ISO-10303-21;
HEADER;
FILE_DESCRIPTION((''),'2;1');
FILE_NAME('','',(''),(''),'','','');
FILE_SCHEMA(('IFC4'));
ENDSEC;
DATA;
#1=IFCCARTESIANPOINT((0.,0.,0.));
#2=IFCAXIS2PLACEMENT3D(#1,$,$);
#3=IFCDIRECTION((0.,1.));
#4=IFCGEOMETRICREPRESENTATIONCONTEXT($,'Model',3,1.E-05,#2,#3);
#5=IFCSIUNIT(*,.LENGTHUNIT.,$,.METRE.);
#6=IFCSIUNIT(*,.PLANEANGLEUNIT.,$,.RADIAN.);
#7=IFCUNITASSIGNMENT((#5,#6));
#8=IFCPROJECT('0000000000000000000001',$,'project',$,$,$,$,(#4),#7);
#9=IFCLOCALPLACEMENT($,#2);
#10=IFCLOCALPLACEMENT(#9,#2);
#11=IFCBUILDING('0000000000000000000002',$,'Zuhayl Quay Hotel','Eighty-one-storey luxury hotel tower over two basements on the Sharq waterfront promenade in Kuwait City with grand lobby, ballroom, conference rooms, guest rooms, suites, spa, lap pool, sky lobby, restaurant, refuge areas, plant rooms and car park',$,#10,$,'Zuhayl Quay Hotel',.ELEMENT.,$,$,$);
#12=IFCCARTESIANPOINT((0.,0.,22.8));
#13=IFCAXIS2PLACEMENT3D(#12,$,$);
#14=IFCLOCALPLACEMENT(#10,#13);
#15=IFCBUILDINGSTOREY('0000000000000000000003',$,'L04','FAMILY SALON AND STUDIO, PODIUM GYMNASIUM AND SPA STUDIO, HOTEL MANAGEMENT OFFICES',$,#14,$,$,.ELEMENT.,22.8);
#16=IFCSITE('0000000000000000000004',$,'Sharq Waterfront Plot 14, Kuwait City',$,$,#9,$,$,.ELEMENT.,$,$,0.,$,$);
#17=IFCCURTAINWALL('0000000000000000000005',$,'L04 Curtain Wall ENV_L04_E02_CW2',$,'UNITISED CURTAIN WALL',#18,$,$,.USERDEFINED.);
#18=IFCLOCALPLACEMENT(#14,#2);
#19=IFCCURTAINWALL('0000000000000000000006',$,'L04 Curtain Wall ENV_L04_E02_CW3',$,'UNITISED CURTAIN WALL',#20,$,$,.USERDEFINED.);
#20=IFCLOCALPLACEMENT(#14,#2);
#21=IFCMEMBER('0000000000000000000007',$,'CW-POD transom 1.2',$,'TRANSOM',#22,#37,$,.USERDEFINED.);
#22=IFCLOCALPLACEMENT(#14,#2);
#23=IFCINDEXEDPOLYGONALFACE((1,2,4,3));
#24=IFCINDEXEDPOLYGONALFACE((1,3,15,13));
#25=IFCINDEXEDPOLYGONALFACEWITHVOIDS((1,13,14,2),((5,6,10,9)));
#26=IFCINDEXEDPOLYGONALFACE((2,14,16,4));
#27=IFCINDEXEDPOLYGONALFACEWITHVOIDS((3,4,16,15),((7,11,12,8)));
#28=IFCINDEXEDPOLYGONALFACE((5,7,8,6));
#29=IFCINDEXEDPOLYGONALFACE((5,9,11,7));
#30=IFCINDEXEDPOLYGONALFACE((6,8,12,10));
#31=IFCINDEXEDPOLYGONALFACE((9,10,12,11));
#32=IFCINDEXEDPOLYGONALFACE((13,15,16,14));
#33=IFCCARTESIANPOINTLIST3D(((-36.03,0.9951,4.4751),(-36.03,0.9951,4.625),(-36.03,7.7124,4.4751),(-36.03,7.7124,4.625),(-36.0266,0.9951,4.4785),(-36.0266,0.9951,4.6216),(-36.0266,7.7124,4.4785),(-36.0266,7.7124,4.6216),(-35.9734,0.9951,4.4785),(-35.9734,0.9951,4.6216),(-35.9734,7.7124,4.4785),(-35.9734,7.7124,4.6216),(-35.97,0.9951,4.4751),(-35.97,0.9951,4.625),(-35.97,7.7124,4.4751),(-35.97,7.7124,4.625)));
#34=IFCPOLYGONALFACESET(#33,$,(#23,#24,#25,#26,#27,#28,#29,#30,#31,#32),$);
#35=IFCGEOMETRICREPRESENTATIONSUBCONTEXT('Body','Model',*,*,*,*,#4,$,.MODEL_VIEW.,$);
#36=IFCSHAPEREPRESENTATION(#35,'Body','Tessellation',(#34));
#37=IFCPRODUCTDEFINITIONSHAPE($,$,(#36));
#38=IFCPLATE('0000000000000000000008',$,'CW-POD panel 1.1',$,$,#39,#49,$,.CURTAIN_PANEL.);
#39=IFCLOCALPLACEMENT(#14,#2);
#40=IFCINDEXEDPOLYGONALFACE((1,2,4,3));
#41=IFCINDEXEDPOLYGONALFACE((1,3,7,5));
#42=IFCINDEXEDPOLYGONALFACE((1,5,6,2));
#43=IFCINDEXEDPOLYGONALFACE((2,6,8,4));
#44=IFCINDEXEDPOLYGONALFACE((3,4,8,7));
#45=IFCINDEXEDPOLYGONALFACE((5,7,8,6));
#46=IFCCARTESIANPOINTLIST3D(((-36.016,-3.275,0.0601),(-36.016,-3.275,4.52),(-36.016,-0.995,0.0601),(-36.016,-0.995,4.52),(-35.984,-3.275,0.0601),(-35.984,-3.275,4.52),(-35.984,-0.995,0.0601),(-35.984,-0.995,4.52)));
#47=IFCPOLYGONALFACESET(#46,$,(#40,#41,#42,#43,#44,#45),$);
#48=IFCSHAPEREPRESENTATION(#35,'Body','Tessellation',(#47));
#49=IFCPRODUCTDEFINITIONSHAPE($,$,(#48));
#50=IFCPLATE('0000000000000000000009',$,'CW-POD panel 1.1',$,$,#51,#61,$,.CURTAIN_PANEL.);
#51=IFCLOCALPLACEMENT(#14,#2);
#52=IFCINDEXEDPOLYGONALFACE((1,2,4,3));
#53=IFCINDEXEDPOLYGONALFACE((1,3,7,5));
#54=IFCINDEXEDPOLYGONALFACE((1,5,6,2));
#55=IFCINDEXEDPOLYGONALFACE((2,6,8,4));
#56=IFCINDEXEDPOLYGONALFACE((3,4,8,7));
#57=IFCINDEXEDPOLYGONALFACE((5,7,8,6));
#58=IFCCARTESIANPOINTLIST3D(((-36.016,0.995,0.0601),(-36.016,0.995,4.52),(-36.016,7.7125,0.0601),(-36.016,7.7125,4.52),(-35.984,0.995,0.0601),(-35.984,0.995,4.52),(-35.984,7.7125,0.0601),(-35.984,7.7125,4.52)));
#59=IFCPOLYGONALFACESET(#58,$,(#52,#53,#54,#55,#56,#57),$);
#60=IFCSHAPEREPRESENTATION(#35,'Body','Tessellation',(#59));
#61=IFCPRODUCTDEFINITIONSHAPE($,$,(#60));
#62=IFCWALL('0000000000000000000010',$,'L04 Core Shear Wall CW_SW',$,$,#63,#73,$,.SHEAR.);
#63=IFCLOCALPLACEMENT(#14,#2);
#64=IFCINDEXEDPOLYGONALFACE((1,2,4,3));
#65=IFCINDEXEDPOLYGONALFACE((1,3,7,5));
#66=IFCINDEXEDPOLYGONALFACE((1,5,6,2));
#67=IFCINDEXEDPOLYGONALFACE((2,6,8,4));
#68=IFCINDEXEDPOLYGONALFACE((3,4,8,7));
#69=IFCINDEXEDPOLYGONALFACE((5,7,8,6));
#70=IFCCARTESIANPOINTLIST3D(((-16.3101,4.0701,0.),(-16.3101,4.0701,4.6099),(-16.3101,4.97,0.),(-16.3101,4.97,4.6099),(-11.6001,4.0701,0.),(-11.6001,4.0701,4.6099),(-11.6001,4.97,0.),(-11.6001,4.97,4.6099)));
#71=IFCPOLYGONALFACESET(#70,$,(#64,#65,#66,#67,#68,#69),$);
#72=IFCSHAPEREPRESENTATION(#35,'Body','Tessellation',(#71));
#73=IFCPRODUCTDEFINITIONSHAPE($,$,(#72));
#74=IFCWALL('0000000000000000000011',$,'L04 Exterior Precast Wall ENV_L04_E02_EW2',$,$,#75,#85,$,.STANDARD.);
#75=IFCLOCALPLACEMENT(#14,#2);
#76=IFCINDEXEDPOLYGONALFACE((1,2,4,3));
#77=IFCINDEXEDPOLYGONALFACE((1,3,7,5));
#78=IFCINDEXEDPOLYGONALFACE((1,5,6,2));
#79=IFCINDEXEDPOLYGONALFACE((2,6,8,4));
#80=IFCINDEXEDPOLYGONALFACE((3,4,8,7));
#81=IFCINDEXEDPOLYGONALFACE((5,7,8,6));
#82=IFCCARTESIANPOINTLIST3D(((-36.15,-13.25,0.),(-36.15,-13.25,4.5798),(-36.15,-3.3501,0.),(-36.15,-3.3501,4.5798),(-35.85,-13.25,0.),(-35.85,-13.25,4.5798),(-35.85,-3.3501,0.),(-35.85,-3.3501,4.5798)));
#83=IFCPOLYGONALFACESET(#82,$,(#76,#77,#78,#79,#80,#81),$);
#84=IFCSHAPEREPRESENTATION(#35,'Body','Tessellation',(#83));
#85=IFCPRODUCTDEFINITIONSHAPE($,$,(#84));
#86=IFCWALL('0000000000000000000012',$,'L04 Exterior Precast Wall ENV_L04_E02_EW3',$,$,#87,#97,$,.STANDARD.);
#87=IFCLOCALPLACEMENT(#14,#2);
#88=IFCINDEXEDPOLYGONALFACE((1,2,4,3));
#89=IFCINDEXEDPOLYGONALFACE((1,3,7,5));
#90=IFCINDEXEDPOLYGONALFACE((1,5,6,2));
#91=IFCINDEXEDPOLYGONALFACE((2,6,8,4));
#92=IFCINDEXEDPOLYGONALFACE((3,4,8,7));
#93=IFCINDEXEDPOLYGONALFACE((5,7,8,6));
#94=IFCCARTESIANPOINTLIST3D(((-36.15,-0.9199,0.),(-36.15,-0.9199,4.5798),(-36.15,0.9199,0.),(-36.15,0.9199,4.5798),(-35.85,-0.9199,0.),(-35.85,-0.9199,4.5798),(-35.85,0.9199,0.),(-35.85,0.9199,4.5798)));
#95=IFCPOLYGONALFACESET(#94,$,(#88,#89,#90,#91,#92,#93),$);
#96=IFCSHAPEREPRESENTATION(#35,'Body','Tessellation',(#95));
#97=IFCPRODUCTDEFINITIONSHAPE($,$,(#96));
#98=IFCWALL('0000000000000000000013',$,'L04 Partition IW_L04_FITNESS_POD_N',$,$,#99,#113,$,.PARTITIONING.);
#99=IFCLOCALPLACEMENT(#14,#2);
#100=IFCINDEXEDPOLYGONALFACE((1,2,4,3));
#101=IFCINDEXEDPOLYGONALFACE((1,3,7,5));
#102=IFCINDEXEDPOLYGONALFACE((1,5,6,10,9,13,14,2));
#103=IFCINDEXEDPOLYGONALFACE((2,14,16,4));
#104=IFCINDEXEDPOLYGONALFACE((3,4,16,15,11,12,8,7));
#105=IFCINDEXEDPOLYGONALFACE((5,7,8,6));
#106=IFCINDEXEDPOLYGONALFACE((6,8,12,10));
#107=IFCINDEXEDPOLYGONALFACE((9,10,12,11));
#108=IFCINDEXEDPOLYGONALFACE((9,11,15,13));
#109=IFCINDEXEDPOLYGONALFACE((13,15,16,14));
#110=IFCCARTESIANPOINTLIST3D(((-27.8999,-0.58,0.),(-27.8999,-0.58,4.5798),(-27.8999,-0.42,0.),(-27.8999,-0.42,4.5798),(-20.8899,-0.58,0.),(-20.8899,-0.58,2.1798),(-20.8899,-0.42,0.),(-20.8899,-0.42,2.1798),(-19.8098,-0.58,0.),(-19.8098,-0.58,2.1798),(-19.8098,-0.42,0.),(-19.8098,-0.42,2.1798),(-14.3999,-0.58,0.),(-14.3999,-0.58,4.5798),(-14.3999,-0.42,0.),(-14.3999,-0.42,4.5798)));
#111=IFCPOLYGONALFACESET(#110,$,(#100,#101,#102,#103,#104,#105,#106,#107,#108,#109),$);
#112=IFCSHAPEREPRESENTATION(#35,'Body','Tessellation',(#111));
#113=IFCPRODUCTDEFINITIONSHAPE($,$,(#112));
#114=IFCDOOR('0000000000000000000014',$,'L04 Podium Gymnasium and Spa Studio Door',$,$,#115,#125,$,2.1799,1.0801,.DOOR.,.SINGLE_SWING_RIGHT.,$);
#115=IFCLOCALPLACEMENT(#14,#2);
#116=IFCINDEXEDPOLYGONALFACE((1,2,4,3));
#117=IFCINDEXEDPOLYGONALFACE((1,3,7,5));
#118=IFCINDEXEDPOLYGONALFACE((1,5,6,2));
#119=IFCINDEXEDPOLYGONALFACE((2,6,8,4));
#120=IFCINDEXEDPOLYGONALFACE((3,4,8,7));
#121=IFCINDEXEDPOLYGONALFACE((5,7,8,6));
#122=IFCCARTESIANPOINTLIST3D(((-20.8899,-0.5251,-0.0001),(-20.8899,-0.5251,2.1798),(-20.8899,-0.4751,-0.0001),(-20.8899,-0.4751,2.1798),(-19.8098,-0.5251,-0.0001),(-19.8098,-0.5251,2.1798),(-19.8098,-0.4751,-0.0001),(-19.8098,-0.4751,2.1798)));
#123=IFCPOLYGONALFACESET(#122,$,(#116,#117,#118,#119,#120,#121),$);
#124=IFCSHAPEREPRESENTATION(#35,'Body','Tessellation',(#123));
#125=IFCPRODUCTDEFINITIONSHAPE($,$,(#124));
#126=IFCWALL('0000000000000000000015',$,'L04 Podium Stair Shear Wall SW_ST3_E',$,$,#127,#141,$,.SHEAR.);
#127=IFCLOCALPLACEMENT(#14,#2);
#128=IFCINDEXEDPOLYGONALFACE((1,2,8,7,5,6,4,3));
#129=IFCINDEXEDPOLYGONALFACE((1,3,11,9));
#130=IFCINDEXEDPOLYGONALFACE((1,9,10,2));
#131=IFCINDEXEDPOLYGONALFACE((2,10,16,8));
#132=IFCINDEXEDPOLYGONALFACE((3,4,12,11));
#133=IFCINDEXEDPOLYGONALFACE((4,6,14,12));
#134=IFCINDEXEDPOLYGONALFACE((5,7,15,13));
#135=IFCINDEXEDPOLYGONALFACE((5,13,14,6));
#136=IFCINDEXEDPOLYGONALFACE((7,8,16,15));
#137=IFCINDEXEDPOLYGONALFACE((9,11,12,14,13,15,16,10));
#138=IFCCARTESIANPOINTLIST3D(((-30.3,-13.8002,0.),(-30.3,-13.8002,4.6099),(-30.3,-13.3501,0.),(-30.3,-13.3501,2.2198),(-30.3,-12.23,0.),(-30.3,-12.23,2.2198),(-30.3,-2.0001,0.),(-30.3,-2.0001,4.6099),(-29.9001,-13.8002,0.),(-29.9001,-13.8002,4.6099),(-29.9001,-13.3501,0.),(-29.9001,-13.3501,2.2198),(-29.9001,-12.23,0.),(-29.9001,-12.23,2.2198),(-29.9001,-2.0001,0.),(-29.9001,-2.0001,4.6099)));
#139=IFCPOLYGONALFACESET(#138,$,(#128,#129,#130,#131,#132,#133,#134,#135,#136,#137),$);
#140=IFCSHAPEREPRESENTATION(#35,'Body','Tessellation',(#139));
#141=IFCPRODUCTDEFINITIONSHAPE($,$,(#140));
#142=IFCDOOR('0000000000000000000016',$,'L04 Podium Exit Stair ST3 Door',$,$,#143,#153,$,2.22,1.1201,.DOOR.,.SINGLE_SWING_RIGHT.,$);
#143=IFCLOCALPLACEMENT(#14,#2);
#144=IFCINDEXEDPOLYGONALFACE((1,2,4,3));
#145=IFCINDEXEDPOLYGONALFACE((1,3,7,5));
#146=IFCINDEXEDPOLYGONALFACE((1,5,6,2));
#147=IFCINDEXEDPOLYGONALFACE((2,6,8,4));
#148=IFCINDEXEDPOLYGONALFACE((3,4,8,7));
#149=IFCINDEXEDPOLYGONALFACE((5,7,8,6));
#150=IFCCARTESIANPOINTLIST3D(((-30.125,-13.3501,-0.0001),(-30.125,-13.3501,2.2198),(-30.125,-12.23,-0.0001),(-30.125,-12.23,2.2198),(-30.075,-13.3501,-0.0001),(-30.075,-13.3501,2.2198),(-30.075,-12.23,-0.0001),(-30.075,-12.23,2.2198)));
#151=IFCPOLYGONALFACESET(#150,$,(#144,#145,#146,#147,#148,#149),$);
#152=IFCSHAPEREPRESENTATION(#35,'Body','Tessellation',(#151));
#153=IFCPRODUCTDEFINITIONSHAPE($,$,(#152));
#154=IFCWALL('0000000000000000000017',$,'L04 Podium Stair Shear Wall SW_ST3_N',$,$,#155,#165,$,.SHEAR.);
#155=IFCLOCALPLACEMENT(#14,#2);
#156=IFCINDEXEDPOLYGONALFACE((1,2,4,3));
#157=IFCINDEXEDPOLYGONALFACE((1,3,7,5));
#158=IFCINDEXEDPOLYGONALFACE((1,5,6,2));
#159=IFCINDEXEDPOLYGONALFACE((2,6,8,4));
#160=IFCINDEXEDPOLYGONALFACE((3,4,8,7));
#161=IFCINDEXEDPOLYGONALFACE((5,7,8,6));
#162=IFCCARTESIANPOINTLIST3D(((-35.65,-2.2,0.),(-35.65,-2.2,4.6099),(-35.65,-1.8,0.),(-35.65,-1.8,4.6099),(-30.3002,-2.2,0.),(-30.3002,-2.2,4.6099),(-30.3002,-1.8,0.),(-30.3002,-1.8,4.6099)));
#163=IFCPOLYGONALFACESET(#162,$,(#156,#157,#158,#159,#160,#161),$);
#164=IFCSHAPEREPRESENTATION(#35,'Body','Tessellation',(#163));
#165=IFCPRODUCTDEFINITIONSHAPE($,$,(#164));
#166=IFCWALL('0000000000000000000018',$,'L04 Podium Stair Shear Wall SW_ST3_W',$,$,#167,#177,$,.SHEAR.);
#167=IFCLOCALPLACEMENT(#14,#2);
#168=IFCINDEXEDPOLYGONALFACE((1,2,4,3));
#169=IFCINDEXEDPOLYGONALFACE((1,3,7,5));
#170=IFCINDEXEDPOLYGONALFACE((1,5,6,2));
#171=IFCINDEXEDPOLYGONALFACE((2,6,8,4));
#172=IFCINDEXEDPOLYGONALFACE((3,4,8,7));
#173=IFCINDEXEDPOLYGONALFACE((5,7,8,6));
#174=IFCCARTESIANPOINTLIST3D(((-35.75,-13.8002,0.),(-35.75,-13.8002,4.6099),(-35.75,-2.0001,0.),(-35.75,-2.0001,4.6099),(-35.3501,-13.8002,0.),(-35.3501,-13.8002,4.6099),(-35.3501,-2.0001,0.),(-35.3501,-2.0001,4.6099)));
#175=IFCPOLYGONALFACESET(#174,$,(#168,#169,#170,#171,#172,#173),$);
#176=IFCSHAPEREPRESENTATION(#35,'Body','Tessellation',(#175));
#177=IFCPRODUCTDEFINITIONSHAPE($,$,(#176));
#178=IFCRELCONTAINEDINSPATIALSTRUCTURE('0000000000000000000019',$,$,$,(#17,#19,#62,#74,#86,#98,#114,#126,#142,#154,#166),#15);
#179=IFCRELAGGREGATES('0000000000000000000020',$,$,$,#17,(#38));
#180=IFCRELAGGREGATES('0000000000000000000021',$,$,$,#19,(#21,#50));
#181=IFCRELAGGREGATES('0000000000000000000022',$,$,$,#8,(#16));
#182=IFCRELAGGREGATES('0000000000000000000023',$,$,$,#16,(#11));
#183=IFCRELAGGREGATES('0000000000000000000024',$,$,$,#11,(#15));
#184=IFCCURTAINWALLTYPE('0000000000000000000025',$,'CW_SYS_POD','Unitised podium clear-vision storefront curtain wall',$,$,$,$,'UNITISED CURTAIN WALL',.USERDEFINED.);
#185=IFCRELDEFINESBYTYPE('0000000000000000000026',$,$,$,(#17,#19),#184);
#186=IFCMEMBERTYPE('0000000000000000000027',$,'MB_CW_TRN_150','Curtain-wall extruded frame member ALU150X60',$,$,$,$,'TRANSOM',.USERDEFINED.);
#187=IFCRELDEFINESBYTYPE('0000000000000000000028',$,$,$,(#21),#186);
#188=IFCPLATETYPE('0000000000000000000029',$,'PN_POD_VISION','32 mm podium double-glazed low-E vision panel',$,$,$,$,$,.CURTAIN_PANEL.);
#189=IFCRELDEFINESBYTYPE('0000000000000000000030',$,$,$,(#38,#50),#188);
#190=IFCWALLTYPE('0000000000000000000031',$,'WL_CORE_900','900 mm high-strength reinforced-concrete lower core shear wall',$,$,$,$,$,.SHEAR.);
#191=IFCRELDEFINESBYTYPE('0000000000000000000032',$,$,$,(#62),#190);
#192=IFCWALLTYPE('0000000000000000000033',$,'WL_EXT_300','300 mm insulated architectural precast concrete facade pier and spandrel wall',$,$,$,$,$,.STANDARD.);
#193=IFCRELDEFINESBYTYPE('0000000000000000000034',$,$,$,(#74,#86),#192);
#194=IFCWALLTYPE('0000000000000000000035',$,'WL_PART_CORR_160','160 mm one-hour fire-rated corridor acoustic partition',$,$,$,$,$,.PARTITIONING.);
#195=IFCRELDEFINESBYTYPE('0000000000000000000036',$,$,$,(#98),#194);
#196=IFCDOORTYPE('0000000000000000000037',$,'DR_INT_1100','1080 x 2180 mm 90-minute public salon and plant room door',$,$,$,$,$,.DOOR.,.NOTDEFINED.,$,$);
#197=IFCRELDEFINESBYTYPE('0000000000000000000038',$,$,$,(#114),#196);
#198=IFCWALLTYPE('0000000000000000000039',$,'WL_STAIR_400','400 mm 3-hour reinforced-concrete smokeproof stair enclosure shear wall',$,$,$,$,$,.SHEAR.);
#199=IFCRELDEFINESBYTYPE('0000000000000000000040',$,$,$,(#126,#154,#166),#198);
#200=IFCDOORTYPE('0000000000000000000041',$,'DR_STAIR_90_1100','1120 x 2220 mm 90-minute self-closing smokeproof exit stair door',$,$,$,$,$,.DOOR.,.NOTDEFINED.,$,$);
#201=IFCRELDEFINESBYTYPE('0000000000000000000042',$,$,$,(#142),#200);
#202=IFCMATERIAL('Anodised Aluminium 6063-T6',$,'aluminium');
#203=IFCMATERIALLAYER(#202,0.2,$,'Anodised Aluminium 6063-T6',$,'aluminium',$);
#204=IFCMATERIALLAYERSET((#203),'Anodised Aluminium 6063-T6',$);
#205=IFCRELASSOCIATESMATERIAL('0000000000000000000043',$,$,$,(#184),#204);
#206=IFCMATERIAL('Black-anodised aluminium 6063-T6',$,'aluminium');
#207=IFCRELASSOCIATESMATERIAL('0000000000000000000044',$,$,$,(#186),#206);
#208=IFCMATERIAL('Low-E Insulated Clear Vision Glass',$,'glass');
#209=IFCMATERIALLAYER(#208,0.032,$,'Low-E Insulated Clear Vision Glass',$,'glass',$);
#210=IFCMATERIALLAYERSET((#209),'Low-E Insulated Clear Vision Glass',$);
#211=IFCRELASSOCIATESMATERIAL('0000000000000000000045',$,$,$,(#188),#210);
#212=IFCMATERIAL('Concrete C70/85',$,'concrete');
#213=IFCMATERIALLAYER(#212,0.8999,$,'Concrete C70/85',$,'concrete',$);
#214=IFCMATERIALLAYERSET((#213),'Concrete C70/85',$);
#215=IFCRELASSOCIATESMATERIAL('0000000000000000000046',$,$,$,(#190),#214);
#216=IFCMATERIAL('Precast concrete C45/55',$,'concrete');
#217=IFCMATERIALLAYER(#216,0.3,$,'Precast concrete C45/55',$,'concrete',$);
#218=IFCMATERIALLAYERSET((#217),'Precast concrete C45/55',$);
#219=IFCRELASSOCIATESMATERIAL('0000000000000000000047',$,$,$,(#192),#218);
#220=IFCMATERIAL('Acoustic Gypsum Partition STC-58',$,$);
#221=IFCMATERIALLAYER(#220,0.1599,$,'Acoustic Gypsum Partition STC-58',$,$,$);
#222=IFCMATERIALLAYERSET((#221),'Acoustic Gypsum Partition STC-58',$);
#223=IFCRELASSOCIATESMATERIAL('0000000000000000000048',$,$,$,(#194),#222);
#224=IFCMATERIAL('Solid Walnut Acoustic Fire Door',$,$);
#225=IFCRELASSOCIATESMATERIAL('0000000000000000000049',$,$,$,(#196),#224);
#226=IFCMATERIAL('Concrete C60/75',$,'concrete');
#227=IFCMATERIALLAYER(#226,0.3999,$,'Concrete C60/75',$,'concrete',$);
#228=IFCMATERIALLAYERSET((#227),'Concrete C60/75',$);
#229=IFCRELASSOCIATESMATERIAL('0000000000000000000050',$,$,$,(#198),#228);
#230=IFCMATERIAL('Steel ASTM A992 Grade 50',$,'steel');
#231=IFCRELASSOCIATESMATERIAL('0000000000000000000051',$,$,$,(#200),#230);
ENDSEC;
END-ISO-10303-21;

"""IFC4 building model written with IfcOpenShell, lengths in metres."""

from ifc_helpers import new_model, si_unit, direction, frame, frame_2d, origin, origin_2d, place, context, subcontext, project, spatial, rectangle, hollow_rectangle, extrude, material, layer, layer_set, material_profile, profile_set, type_object, element, fill, aggregate, save


model = new_model("IFC4")

# Units and contexts
model_context = context("Model", 3, precision=1e-05, world=origin(), true_north=direction((0.0, 1.0)))
body_context = subcontext(model_context, "Body", "Model", "MODEL_VIEW")
ifc_project = project(units=[si_unit("LENGTHUNIT", "METRE"), si_unit("PLANEANGLEUNIT", "RADIAN")], contexts=[model_context])

# Site, building, storey
site_placement = place(None, origin())
site = spatial("IfcSite", under=ifc_project, at=site_placement, Name="Sharq Waterfront Plot 14, Kuwait City", CompositionType="ELEMENT", RefElevation=0.0)
building_placement = place(site_placement, origin())
building = spatial("IfcBuilding", under=site, at=building_placement, Name="Zuhayl Quay Hotel", Description="Eighty-one-storey luxury hotel tower over two basements on the Sharq waterfront promenade in Kuwait City with grand lobby, ballroom, conference rooms, guest rooms, suites, spa, lap pool, sky lobby, restaurant, refuge areas, plant rooms and car park", LongName="Zuhayl Quay Hotel", CompositionType="ELEMENT")
storey_placement = place(building_placement, frame((0.0, 0.0, 22.8)))
storey = spatial("IfcBuildingStorey", under=building, at=storey_placement, Name="L04", Description="FAMILY SALON AND STUDIO, PODIUM GYMNASIUM AND SPA STUDIO, HOTEL MANAGEMENT OFFICES", CompositionType="ELEMENT", Elevation=22.8)

# Shared definitions
ifc_material_1 = material(Name="Concrete C70/85", Category="concrete")

# Shared definitions
ifc_material_2 = material(Name="Anodised Aluminium 6063-T6", Category="aluminium")
ifc_layer_1 = layer(ifc_material_2, 0.2, Name="Anodised Aluminium 6063-T6", Category="aluminium")
ifc_layer_set_1 = layer_set([ifc_layer_1], Name="Anodised Aluminium 6063-T6")
curtain_wall_type = type_object("IfcCurtainWallType", Name="CW_SYS_POD", Description="Unitised podium clear-vision storefront curtain wall", ElementType="UNITISED CURTAIN WALL", PredefinedType="USERDEFINED", material=ifc_layer_set_1)
ifc_material_3 = material(Name="Black-anodised aluminium 6063-T6", Category="aluminium")

# Curtain wall
curtain_wall_1_placement = place(storey_placement, origin())
curtain_wall_1 = element("IfcCurtainWall", 1, at=curtain_wall_1_placement, inside=storey, type_object=curtain_wall_type, Name="L04 Curtain Wall ENV_L04_E02_CW2", ObjectType="UNITISED CURTAIN WALL", PredefinedType="USERDEFINED")

# Curtain wall
curtain_wall_2_placement = place(storey_placement, origin())
curtain_wall_2 = element("IfcCurtainWall", 2, at=curtain_wall_2_placement, inside=storey, type_object=curtain_wall_type, Name="L04 Curtain Wall ENV_L04_E02_CW3", ObjectType="UNITISED CURTAIN WALL", PredefinedType="USERDEFINED")

# Member
ifc_material_profile_1 = material_profile(ifc_material_3, hollow_rectangle(XDim=0.0601, YDim=0.1499, WallThickness=0.0034, at=origin_2d()), Name="ALU150X60")
ifc_profile_set_1 = profile_set([ifc_material_profile_1], Name="Black-anodised aluminium 6063-T6")
member_type_1 = type_object("IfcMemberType", Name="MB_CW_TRN_150", Description="Curtain-wall extruded frame member ALU150X60", ElementType="TRANSOM", PredefinedType="USERDEFINED", material=ifc_profile_set_1)
member_1_placement = place(storey_placement, frame((-36.0, 0.9951, 4.55), z_axis=(0.0, 1.0, 0.0), x_axis=(-1.0, 0.0, 0.0)))
member_1 = element("IfcMember", 3, at=member_1_placement, type_object=member_type_1, Name="CW-POD transom 1.2", ObjectType="TRANSOM", PredefinedType="USERDEFINED", context=body_context, shape_type="SweptSolid", body=[
    extrude(hollow_rectangle(XDim=0.0601, YDim=0.1499, WallThickness=0.0034, at=origin_2d()), origin(), (0.0, 0.0, 1.0), 6.7173),
])

# Plates
ifc_material_4 = material(Name="Low-E Insulated Clear Vision Glass", Category="glass")
ifc_layer_2 = layer(ifc_material_4, 0.032, Name="Low-E Insulated Clear Vision Glass", Category="glass")
ifc_layer_set_2 = layer_set([ifc_layer_2], Name="Low-E Insulated Clear Vision Glass")
plate_type = type_object("IfcPlateType", Name="PN_POD_VISION", Description="32 mm podium double-glazed low-E vision panel", PredefinedType="CURTAIN_PANEL", material=ifc_layer_set_2)
plate_1_placement = place(storey_placement, frame((-36.0, -2.135, 0.0601), z_axis=(0.0, 0.0, 1.0), x_axis=(0.0, 1.0, 0.0)))
plate_1 = element("IfcPlate", 4, at=plate_1_placement, type_object=plate_type, Name="CW-POD panel 1.1", PredefinedType="CURTAIN_PANEL", context=body_context, shape_type="SweptSolid", body=[
    extrude(rectangle(XDim=2.28, YDim=0.032, at=origin_2d()), origin(), (0.0, 0.0, 1.0), 4.46),
])
aggregate(curtain_wall_1, [plate_1])
plate_2_placement = place(storey_placement, frame((-36.0, 4.3538, 0.0601), z_axis=(0.0, 0.0, 1.0), x_axis=(0.0, 1.0, 0.0)))
plate_2 = element("IfcPlate", 5, at=plate_2_placement, type_object=plate_type, Name="CW-POD panel 1.1", PredefinedType="CURTAIN_PANEL", context=body_context, shape_type="SweptSolid", body=[
    extrude(rectangle(XDim=6.7175, YDim=0.032, at=origin_2d()), origin(), (0.0, 0.0, 1.0), 4.46),
])
aggregate(curtain_wall_2, [member_1, plate_2])

# Walls
ifc_layer_3 = layer(ifc_material_1, 0.8999, Name="Concrete C70/85", Category="concrete")
ifc_layer_set_3 = layer_set([ifc_layer_3], Name="Concrete C70/85")
wall_type_1 = type_object("IfcWallType", Name="WL_CORE_900", Description="900 mm high-strength reinforced-concrete lower core shear wall", PredefinedType="SHEAR", material=ifc_layer_set_3)
wall_1_placement = place(storey_placement, frame((-16.3101, 4.52, 0.0), z_axis=(0.0, 0.0, 1.0), x_axis=(1.0, 0.0, 0.0)))
element("IfcWall", 6, at=wall_1_placement, inside=storey, type_object=wall_type_1, Name="L04 Core Shear Wall CW_SW", PredefinedType="SHEAR", context=body_context, shape_type="SweptSolid", body=[
    extrude(rectangle(XDim=4.71, YDim=0.8999, at=frame_2d((2.355, 0.0))), origin(), (0.0, 0.0, 1.0), 4.6099),
])
ifc_material_5 = material(Name="Precast concrete C45/55", Category="concrete")
ifc_layer_4 = layer(ifc_material_5, 0.3, Name="Precast concrete C45/55", Category="concrete")
ifc_layer_set_4 = layer_set([ifc_layer_4], Name="Precast concrete C45/55")
wall_type_2 = type_object("IfcWallType", Name="WL_EXT_300", Description="300 mm insulated architectural precast concrete facade pier and spandrel wall", PredefinedType="STANDARD", material=ifc_layer_set_4)
wall_2_placement = place(storey_placement, frame((-36.0, -13.25, 0.0), z_axis=(0.0, 0.0, 1.0), x_axis=(0.0, 1.0, 0.0)))
element("IfcWall", 7, at=wall_2_placement, inside=storey, type_object=wall_type_2, Name="L04 Exterior Precast Wall ENV_L04_E02_EW2", PredefinedType="STANDARD", context=body_context, shape_type="SweptSolid", body=[
    extrude(rectangle(XDim=9.8999, YDim=0.3, at=frame_2d((4.95, 0.0))), origin(), (0.0, 0.0, 1.0), 4.5798),
])
wall_3_placement = place(storey_placement, frame((-36.0, -0.9199, 0.0), z_axis=(0.0, 0.0, 1.0), x_axis=(0.0, 1.0, 0.0)))
element("IfcWall", 8, at=wall_3_placement, inside=storey, type_object=wall_type_2, Name="L04 Exterior Precast Wall ENV_L04_E02_EW3", PredefinedType="STANDARD", context=body_context, shape_type="SweptSolid", body=[
    extrude(rectangle(XDim=1.8398, YDim=0.3, at=frame_2d((0.9199, 0.0))), origin(), (0.0, 0.0, 1.0), 4.5798),
])

# Walls, openings, doors
ifc_material_6 = material(Name="Acoustic Gypsum Partition STC-58")
ifc_layer_5 = layer(ifc_material_6, 0.1599, Name="Acoustic Gypsum Partition STC-58")
ifc_layer_set_5 = layer_set([ifc_layer_5], Name="Acoustic Gypsum Partition STC-58")
wall_type_3 = type_object("IfcWallType", Name="WL_PART_CORR_160", Description="160 mm one-hour fire-rated corridor acoustic partition", PredefinedType="PARTITIONING", material=ifc_layer_set_5)
wall_4_placement = place(storey_placement, frame((-27.8999, -0.5, 0.0), z_axis=(0.0, 0.0, 1.0), x_axis=(1.0, 0.0, 0.0)))
wall_4 = element("IfcWall", 9, at=wall_4_placement, inside=storey, type_object=wall_type_3, Name="L04 Partition IW_L04_FITNESS_POD_N", PredefinedType="PARTITIONING", context=body_context, shape_type="SweptSolid", body=[
    extrude(rectangle(XDim=13.5, YDim=0.1599, at=frame_2d((6.75, 0.0))), origin(), (0.0, 0.0, 1.0), 4.5798),
])
opening_1_placement = place(wall_4_placement, frame((7.01, 0.0, 0.0)))
opening_1 = element("IfcOpeningElement", 10, at=opening_1_placement, cuts=wall_4, PredefinedType="OPENING", context=body_context, shape_type="SweptSolid", body=[
    extrude(rectangle(XDim=1.0801, YDim=2.1799, at=frame_2d((0.54, 1.0898))), frame((0.0, 0.0898, 0.0), z_axis=(0.0, -1.0, 0.0), x_axis=(1.0, 0.0, 0.0)), (0.0, 0.0, 1.0), 0.1799),
])
ifc_material_7 = material(Name="Solid Walnut Acoustic Fire Door")
door_type_1 = type_object("IfcDoorType", Name="DR_INT_1100", Description="1080 x 2180 mm 90-minute public salon and plant room door", OperationType="NOTDEFINED", PredefinedType="DOOR", material=ifc_material_7)
door_1_placement = place(opening_1_placement, origin())
door_1 = element("IfcDoor", 11, at=door_1_placement, inside=storey, type_object=door_type_1, Name="L04 Podium Gymnasium and Spa Studio Door", OperationType="SINGLE_SWING_RIGHT", OverallHeight=2.1799, OverallWidth=1.0801, PredefinedType="DOOR", context=body_context, shape_type="SweptSolid", body=[
    extrude(rectangle(XDim=1.0801, YDim=2.1799, at=frame_2d((0.54, 1.0898))), frame((0.0, 0.0249, 0.0), z_axis=(0.0, -1.0, 0.0), x_axis=(1.0, 0.0, 0.0)), (0.0, 0.0, 1.0), 0.05),
])
fill(opening_1, door_1)
ifc_material_8 = material(Name="Concrete C60/75", Category="concrete")
ifc_layer_6 = layer(ifc_material_8, 0.3999, Name="Concrete C60/75", Category="concrete")
ifc_layer_set_6 = layer_set([ifc_layer_6], Name="Concrete C60/75")
wall_type_4 = type_object("IfcWallType", Name="WL_STAIR_400", Description="400 mm 3-hour reinforced-concrete smokeproof stair enclosure shear wall", PredefinedType="SHEAR", material=ifc_layer_set_6)
wall_5_placement = place(storey_placement, frame((-30.1001, -13.8, 0.0), z_axis=(0.0, 0.0, 1.0), x_axis=(0.0, 1.0, 0.0)))
wall_5 = element("IfcWall", 12, at=wall_5_placement, inside=storey, type_object=wall_type_4, Name="L04 Podium Stair Shear Wall SW_ST3_E", PredefinedType="SHEAR", context=body_context, shape_type="SweptSolid", body=[
    extrude(rectangle(XDim=11.8, YDim=0.3999, at=frame_2d((5.8999, 0.0))), origin(), (0.0, 0.0, 1.0), 4.6099),
])
opening_2_placement = place(wall_5_placement, frame((0.45, 0.0, 0.0)))
opening_2 = element("IfcOpeningElement", 13, at=opening_2_placement, cuts=wall_5, PredefinedType="OPENING", context=body_context, shape_type="SweptSolid", body=[
    extrude(rectangle(XDim=1.1201, YDim=2.22, at=frame_2d((0.5601, 1.1099))), frame((0.0, 0.21, 0.0), z_axis=(0.0, -1.0, 0.0), x_axis=(1.0, 0.0, 0.0)), (0.0, 0.0, 1.0), 0.4199),
])
ifc_material_9 = material(Name="Steel ASTM A992 Grade 50", Category="steel")
door_type_2 = type_object("IfcDoorType", Name="DR_STAIR_90_1100", Description="1120 x 2220 mm 90-minute self-closing smokeproof exit stair door", OperationType="NOTDEFINED", PredefinedType="DOOR", material=ifc_material_9)
door_2_placement = place(opening_2_placement, origin())
door_2 = element("IfcDoor", 14, at=door_2_placement, inside=storey, type_object=door_type_2, Name="L04 Podium Exit Stair ST3 Door", OperationType="SINGLE_SWING_RIGHT", OverallHeight=2.22, OverallWidth=1.1201, PredefinedType="DOOR", context=body_context, shape_type="SweptSolid", body=[
    extrude(rectangle(XDim=1.1201, YDim=2.22, at=frame_2d((0.5601, 1.1099))), frame((0.0, 0.0249, 0.0), z_axis=(0.0, -1.0, 0.0), x_axis=(1.0, 0.0, 0.0)), (0.0, 0.0, 1.0), 0.05),
])
fill(opening_2, door_2)

# Walls
wall_6_placement = place(storey_placement, frame((-35.6499, -2.0, 0.0), z_axis=(0.0, 0.0, 1.0), x_axis=(1.0, 0.0, 0.0)))
element("IfcWall", 15, at=wall_6_placement, inside=storey, type_object=wall_type_4, Name="L04 Podium Stair Shear Wall SW_ST3_N", PredefinedType="SHEAR", context=body_context, shape_type="SweptSolid", body=[
    extrude(rectangle(XDim=5.3499, YDim=0.3999, at=frame_2d((2.6748, 0.0))), origin(), (0.0, 0.0, 1.0), 4.6099),
])
wall_7_placement = place(storey_placement, frame((-35.55, -13.8, 0.0), z_axis=(0.0, 0.0, 1.0), x_axis=(0.0, 1.0, 0.0)))
element("IfcWall", 16, at=wall_7_placement, inside=storey, type_object=wall_type_4, Name="L04 Podium Stair Shear Wall SW_ST3_W", PredefinedType="SHEAR", context=body_context, shape_type="SweptSolid", body=[
    extrude(rectangle(XDim=11.8, YDim=0.3999, at=frame_2d((5.8999, 0.0))), origin(), (0.0, 0.0, 1.0), 4.6099),
])

save(model, "model.ifc")
